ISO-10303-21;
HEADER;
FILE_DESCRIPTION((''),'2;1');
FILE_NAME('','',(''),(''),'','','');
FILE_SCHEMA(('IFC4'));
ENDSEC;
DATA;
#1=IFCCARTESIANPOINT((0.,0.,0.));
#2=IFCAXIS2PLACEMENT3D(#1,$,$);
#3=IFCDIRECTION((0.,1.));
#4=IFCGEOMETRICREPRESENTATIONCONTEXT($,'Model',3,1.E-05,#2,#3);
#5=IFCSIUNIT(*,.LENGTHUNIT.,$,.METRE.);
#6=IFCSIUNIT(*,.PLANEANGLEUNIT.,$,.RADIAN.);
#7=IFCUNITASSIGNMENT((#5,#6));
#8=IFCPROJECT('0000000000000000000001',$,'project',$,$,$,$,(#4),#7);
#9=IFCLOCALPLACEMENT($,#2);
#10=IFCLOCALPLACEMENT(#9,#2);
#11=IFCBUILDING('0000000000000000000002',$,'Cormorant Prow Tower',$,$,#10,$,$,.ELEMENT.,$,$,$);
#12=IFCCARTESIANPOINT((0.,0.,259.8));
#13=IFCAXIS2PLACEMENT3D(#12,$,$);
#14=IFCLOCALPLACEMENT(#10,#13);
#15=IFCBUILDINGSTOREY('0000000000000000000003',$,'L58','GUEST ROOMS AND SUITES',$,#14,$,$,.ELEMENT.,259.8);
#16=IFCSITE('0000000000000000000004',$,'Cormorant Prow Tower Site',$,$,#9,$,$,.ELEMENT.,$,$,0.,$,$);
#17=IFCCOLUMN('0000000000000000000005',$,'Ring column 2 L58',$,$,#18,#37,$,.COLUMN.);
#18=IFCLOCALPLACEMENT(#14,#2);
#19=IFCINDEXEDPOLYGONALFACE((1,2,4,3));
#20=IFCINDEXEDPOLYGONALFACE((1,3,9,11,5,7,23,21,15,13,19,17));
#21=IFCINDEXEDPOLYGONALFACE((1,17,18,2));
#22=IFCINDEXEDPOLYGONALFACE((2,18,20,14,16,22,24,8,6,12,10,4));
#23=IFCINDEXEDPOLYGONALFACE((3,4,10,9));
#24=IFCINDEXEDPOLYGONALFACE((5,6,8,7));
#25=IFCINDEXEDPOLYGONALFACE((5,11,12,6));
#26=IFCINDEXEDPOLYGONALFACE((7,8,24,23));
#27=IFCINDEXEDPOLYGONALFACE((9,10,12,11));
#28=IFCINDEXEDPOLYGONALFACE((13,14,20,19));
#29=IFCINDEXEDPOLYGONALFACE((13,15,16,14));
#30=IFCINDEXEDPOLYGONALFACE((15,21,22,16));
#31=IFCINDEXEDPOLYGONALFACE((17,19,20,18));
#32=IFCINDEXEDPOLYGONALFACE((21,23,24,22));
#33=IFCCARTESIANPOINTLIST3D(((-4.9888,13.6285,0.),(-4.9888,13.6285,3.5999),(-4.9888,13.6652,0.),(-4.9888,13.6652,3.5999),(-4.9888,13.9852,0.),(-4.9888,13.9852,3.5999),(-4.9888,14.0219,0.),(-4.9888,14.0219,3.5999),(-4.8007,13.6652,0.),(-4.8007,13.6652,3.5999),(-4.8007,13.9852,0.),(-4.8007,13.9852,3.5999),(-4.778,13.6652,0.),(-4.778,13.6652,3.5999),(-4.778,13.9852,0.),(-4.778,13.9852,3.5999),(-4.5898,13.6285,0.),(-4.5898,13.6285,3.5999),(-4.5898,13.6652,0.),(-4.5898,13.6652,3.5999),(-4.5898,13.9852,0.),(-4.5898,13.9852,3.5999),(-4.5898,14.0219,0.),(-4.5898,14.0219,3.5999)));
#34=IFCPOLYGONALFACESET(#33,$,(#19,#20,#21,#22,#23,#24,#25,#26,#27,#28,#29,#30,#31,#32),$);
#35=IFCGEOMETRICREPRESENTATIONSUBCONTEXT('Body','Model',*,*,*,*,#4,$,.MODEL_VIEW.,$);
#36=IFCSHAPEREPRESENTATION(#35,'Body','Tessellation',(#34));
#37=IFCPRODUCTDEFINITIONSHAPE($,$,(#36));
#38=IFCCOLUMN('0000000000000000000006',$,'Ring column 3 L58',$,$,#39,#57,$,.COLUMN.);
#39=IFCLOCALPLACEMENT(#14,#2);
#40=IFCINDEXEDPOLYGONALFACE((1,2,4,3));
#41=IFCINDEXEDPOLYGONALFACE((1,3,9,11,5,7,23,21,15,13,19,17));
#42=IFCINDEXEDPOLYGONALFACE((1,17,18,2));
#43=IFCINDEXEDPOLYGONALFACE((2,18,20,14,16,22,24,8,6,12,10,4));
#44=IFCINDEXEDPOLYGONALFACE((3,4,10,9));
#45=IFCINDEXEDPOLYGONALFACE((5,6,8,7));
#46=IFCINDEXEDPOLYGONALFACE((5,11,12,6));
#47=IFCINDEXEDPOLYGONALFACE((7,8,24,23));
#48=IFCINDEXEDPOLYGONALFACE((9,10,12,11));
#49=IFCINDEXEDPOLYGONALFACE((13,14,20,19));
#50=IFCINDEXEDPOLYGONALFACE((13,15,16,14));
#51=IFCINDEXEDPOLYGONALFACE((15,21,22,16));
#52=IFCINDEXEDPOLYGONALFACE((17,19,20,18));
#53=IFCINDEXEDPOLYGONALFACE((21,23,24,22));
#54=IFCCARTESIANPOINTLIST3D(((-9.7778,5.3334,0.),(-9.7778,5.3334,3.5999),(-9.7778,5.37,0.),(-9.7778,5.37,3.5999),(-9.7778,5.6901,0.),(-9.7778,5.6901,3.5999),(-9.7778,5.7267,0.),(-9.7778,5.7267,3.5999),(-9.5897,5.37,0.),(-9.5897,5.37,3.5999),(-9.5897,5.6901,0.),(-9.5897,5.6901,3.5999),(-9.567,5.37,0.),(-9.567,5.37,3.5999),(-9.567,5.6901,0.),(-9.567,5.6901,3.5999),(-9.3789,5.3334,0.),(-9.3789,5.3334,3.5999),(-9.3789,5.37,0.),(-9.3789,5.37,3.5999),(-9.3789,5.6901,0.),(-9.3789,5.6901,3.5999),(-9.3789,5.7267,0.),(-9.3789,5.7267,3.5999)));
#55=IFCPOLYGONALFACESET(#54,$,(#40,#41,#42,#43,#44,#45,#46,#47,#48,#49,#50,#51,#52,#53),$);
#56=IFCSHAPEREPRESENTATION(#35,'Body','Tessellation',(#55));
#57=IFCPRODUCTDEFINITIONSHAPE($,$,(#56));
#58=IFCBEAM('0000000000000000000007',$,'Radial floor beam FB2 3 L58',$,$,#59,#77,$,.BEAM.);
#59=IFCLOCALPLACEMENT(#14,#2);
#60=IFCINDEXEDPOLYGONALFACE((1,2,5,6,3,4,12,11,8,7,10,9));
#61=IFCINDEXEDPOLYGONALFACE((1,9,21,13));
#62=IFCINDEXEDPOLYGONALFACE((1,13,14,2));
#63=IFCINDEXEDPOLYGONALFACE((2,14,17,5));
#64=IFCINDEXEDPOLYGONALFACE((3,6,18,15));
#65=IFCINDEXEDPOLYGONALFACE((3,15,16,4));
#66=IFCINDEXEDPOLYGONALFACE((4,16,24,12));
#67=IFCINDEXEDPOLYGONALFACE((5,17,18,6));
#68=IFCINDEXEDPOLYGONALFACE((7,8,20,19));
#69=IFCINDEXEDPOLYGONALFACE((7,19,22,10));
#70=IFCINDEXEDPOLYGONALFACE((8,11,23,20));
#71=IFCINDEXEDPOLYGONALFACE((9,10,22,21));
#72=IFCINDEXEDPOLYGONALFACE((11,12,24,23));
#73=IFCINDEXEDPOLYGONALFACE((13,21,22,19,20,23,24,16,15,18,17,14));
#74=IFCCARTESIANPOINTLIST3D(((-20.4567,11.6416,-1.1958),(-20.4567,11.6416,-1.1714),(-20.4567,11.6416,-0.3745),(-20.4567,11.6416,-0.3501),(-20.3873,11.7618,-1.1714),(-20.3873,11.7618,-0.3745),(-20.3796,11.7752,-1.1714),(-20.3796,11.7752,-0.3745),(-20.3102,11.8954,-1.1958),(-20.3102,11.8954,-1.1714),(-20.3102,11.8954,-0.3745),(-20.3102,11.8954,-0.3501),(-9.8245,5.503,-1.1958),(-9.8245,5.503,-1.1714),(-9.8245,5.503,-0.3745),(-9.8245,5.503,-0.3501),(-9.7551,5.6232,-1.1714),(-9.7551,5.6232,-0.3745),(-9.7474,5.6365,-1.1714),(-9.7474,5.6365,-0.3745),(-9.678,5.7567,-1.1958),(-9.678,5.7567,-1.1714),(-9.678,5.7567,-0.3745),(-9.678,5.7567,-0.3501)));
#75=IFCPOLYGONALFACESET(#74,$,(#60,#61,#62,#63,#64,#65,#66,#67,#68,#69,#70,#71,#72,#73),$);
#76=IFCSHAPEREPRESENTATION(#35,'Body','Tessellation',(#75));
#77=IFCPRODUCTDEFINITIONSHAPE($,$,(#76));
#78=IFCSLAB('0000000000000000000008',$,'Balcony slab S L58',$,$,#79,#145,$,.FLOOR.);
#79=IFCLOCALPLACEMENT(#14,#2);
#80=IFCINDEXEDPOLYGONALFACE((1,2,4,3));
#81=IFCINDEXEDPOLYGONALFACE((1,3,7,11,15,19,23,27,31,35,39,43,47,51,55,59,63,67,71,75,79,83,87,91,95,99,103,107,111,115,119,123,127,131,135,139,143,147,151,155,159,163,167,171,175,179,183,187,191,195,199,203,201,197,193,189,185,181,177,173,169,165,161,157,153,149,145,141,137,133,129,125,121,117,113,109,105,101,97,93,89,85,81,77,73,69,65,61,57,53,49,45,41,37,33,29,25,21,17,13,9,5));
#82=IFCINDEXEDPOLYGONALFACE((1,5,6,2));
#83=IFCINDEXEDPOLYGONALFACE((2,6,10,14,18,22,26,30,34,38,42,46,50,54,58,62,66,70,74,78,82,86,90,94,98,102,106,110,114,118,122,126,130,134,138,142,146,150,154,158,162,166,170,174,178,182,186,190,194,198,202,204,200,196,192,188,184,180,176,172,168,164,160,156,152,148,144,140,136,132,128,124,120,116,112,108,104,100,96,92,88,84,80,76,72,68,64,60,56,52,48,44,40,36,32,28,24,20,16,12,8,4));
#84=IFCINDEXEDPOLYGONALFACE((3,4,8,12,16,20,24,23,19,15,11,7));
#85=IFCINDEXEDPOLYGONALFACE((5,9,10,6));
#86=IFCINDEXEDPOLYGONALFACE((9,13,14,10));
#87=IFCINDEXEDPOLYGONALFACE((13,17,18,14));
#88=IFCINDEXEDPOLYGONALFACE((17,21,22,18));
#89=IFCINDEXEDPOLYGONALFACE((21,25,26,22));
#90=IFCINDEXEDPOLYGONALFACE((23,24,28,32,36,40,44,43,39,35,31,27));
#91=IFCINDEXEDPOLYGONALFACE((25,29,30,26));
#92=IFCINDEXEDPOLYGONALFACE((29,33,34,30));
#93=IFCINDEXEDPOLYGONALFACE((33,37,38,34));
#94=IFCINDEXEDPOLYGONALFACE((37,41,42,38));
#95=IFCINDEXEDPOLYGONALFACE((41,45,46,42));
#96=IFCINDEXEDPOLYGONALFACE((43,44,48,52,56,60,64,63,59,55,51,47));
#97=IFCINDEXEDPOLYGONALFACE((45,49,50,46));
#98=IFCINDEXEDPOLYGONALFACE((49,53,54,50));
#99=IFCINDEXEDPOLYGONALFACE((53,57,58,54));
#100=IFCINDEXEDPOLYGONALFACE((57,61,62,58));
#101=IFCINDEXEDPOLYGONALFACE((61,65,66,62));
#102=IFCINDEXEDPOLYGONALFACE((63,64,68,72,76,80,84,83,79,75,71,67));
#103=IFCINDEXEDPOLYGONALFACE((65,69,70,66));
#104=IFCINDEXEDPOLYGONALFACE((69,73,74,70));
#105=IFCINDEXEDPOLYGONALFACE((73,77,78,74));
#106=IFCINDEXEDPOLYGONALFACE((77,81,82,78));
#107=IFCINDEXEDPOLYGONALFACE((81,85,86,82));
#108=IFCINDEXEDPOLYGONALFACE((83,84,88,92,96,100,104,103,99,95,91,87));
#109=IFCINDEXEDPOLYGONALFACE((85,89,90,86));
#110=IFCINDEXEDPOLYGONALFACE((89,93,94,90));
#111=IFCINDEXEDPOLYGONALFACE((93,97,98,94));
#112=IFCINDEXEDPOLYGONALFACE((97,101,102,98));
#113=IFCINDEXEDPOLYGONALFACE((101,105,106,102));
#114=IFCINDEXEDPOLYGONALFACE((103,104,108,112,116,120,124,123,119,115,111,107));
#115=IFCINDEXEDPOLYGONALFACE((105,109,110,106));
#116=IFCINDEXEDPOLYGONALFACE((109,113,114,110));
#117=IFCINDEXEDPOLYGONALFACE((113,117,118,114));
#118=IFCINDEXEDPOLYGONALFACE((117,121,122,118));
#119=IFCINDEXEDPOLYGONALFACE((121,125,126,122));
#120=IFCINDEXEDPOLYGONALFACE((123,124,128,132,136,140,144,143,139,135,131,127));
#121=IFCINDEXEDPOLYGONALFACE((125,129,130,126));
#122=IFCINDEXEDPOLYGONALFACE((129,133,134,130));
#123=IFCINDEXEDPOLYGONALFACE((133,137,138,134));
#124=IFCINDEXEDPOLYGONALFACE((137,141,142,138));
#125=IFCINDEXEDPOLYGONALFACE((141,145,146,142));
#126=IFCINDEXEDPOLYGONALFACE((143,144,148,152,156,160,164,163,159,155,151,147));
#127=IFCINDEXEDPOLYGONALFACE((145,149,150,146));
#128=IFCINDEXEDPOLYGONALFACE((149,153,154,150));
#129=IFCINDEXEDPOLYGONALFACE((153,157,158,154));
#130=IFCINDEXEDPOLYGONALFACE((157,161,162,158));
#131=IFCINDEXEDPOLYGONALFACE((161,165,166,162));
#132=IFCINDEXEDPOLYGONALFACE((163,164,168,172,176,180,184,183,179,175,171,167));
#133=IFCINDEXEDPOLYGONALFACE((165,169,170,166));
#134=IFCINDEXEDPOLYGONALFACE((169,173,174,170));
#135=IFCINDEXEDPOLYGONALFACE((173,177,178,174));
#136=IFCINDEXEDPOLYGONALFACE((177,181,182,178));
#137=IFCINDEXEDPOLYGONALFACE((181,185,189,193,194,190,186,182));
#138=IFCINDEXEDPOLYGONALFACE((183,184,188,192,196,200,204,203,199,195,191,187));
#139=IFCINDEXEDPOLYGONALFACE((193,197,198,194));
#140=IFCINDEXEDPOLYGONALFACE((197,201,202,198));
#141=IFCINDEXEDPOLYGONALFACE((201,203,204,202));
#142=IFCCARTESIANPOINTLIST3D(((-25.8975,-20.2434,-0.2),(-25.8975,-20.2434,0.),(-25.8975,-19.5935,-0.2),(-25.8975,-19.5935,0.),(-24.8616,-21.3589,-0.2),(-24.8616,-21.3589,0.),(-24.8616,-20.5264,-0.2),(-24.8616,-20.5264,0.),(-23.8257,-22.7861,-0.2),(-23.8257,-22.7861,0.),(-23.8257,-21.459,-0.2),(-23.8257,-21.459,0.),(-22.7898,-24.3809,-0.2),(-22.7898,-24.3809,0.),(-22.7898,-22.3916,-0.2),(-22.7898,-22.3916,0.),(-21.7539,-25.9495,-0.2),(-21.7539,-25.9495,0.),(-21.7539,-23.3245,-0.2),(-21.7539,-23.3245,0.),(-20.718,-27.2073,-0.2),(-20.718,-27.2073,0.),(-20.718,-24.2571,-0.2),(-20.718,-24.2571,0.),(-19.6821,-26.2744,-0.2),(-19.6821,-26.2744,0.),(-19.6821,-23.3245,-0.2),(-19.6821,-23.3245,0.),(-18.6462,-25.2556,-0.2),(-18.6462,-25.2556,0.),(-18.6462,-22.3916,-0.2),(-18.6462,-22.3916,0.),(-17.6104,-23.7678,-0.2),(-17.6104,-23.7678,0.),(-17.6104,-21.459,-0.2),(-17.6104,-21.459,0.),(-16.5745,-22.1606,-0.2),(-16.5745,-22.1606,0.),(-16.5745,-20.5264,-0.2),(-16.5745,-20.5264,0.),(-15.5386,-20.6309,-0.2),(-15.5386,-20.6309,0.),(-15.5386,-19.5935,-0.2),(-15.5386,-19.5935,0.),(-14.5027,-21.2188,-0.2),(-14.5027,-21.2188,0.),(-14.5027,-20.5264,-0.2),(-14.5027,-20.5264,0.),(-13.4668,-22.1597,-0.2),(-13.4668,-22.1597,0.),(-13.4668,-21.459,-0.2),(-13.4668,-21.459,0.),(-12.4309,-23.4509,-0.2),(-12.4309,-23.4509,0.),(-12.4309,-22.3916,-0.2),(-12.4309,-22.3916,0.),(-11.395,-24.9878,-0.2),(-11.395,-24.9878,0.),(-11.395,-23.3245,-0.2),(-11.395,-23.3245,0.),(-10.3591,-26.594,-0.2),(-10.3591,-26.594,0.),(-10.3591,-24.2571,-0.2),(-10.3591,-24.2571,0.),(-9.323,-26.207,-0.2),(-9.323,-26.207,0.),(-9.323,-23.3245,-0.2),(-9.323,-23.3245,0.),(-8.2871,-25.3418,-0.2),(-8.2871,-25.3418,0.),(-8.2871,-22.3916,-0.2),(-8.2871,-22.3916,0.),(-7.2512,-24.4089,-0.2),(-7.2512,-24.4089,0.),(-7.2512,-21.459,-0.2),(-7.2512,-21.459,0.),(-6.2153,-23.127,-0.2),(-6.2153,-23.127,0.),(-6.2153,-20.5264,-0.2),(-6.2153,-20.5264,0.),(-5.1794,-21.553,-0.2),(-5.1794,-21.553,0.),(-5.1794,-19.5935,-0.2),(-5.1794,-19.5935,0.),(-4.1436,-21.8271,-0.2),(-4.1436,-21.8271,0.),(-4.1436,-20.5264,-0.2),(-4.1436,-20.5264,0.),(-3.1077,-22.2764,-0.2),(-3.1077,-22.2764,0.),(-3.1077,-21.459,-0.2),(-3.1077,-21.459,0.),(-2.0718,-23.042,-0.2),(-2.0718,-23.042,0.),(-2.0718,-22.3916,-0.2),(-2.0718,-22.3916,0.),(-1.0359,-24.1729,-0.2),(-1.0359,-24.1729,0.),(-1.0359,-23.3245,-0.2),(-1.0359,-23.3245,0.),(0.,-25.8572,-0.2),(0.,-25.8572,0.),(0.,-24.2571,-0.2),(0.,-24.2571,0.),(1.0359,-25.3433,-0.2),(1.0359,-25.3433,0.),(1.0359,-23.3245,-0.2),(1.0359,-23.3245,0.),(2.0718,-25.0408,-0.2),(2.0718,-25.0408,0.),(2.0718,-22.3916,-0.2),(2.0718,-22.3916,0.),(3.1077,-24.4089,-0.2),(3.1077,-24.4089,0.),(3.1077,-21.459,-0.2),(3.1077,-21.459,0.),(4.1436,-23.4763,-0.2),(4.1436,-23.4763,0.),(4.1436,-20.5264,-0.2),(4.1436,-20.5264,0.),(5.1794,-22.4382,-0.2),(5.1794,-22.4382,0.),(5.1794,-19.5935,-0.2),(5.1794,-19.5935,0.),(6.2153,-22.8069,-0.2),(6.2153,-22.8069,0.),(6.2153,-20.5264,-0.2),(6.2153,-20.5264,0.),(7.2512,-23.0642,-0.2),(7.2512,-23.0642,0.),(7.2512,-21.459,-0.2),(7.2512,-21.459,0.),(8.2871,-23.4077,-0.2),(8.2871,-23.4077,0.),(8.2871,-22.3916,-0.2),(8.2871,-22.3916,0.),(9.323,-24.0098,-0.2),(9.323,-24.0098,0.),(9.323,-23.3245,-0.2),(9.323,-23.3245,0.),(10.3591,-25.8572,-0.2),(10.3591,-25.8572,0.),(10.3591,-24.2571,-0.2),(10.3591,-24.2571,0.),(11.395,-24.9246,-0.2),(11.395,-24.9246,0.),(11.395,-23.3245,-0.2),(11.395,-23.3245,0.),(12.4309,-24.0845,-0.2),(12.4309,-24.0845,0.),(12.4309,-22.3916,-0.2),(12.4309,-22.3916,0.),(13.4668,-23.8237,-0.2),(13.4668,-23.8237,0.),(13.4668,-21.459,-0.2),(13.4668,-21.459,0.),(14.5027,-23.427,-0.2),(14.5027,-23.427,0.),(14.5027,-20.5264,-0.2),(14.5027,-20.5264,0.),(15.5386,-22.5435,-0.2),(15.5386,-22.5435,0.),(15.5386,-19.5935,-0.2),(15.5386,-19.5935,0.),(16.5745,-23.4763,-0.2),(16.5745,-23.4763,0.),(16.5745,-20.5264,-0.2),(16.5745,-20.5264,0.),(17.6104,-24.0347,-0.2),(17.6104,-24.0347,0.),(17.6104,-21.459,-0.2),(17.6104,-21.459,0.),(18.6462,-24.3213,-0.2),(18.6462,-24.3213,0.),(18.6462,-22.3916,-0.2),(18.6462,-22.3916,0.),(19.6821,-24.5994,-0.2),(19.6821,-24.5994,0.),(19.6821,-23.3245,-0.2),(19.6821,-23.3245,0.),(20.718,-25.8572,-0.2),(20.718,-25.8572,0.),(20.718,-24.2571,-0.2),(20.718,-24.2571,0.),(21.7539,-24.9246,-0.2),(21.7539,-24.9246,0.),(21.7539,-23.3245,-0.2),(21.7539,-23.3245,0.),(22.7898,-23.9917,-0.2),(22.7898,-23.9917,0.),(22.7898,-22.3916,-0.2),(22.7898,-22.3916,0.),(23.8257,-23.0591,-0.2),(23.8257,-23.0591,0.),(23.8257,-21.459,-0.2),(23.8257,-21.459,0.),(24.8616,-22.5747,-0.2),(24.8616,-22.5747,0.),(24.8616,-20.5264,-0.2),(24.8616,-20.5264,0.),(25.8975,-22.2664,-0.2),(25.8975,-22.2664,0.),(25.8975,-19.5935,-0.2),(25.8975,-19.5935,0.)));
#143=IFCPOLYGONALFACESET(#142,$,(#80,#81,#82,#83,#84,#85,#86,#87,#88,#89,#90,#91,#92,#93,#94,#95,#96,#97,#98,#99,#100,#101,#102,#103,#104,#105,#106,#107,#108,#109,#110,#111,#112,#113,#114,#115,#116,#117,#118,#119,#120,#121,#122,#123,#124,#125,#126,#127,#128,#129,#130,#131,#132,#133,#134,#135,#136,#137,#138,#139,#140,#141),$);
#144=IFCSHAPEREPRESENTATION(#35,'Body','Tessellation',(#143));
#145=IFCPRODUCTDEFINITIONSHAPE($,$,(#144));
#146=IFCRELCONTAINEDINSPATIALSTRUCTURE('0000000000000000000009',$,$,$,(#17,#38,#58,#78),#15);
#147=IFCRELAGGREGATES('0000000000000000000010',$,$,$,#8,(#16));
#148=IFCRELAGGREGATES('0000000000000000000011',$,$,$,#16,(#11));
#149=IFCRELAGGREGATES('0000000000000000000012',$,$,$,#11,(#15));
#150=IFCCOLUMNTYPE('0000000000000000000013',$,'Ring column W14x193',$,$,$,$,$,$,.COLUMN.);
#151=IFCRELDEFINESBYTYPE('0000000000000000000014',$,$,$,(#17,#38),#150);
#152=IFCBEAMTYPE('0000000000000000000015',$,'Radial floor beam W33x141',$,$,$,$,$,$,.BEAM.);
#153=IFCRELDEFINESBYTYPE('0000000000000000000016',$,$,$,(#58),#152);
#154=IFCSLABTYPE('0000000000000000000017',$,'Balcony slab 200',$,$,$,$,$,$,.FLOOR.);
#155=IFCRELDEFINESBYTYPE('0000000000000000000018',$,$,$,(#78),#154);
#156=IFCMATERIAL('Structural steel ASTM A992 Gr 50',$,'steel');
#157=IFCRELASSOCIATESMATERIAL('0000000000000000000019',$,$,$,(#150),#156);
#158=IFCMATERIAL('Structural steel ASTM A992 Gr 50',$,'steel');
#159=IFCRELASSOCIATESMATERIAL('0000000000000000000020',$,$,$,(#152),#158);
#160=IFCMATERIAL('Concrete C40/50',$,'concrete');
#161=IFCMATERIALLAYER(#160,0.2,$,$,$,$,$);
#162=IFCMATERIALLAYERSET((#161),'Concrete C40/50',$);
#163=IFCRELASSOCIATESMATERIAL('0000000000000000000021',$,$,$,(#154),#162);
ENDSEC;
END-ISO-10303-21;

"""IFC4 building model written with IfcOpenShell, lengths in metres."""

from ifc_helpers import new_model, si_unit, direction, frame, origin, origin_2d, place, context, subcontext, project, spatial, polyline, i_section, outline, extrude, material, layer, layer_set, material_profile, profile_set, type_object, element, save


model = new_model("IFC4")

# Units and contexts
model_context = context("Model", 3, precision=1e-05, world=origin(), true_north=direction((0.0, 1.0)))
body_context = subcontext(model_context, "Body", "Model", "MODEL_VIEW")
ifc_project = project(units=[si_unit("LENGTHUNIT", "METRE"), si_unit("PLANEANGLEUNIT", "RADIAN")], contexts=[model_context])

# Site, building, storey
site_placement = place(None, origin())
site = spatial("IfcSite", under=ifc_project, at=site_placement, Name="Cormorant Prow Tower Site", CompositionType="ELEMENT", RefElevation=0.0)
building_placement = place(site_placement, origin())
building = spatial("IfcBuilding", under=site, at=building_placement, Name="Cormorant Prow Tower", CompositionType="ELEMENT")
storey_placement = place(building_placement, frame((0.0, 0.0, 259.8)))
storey = spatial("IfcBuildingStorey", under=building, at=storey_placement, Name="L58", Description="GUEST ROOMS AND SUITES", CompositionType="ELEMENT", Elevation=259.8)

# Columns
ifc_material_1 = material(Name="Structural steel ASTM A992 Gr 50", Category="steel")
ifc_material_profile_1 = material_profile(ifc_material_1, i_section(OverallWidth=0.3989, OverallDepth=0.3933, WebThickness=0.0227, FlangeThickness=0.0366, at=origin_2d()), Name="W14x193")
ifc_profile_set_1 = profile_set([ifc_material_profile_1], Name="Structural steel ASTM A992 Gr 50")
column_type = type_object("IfcColumnType", Name="Ring column W14x193", PredefinedType="COLUMN", material=ifc_profile_set_1)
for number, where, z_axis, x_axis, name in (
    (1, (-4.7893, 13.8252, 0.0), (0.0, 0.0, 1.0), (1.0, 0.0, 0.0), "Ring column 2 L58"),
    (2, (-9.5784, 5.53, 0.0), (0.0, 0.0, 1.0), (1.0, 0.0, 0.0), "Ring column 3 L58"),
):
    element("IfcColumn", number, at=place(storey_placement, frame(where, z_axis=z_axis, x_axis=x_axis)), inside=storey, type_object=column_type, Name=name, PredefinedType="COLUMN", context=body_context, shape_type="SweptSolid", body=[
        extrude(i_section(OverallWidth=0.3989, OverallDepth=0.3933, WebThickness=0.0227, FlangeThickness=0.0366, at=origin_2d()), origin(), (0.0, 0.0, 1.0), 3.5999),
    ])

# Beam
ifc_material_2 = material(Name="Structural steel ASTM A992 Gr 50", Category="steel")
ifc_material_profile_2 = material_profile(ifc_material_2, i_section(OverallWidth=0.293, OverallDepth=0.8457, WebThickness=0.0154, FlangeThickness=0.0244, at=origin_2d()), Name="W33x141")
ifc_profile_set_2 = profile_set([ifc_material_profile_2], Name="Structural steel ASTM A992 Gr 50")
beam_type = type_object("IfcBeamType", Name="Radial floor beam W33x141", PredefinedType="BEAM", material=ifc_profile_set_2)
beam_placement = place(storey_placement, frame((-9.7512, 5.6299, -0.7729), z_axis=(-0.866022, 0.500006, 0.0), x_axis=(-0.500006, -0.866022, 0.0)))
element("IfcBeam", 3, at=beam_placement, inside=storey, type_object=beam_type, Name="Radial floor beam FB2 3 L58", PredefinedType="BEAM", context=body_context, shape_type="SweptSolid", body=[
    extrude(i_section(OverallWidth=0.293, OverallDepth=0.8457, WebThickness=0.0154, FlangeThickness=0.0244, at=origin_2d()), origin(), (0.0, 0.0, 1.0), 12.2771),
])

# Slab
ifc_material_3 = material(Name="Concrete C40/50", Category="concrete")
ifc_layer_1 = layer(ifc_material_3, 0.2)
ifc_layer_set_1 = layer_set([ifc_layer_1], Name="Concrete C40/50")
slab_type_1 = type_object("IfcSlabType", Name="Balcony slab 200", PredefinedType="FLOOR", material=ifc_layer_set_1)
slab_1_placement = place(storey_placement, frame((0.0, 0.0, -0.2)))
element("IfcSlab", 4, at=slab_1_placement, inside=storey, type_object=slab_type_1, Name="Balcony slab S L58", PredefinedType="FLOOR", context=body_context, shape_type="SweptSolid", body=[
    extrude(outline(polyline([(-25.8975, -19.5935), (-25.8975, -20.2434), (-24.8616, -21.3589), (-23.8257, -22.7861), (-22.7898, -24.3809), (-21.7539, -25.9495), (-20.718, -27.2073), (-19.6821, -26.2744), (-18.6462, -25.2556), (-17.6104, -23.7678), (-16.5745, -22.1606), (-15.5386, -20.6309), (-14.5027, -21.2188), (-13.4668, -22.1597), (-12.4309, -23.4509), (-11.395, -24.9878), (-10.3591, -26.594), (-9.323, -26.207), (-8.2871, -25.3418), (-7.2512, -24.4089), (-6.2153, -23.127), (-5.1794, -21.553), (-4.1436, -21.8271), (-3.1077, -22.2764), (-2.0718, -23.042), (-1.0359, -24.1729), (0.0, -25.8572), (1.0359, -25.3433), (2.0718, -25.0408), (3.1077, -24.4089), (4.1436, -23.4763), (5.1794, -22.4382), (6.2153, -22.8069), (7.2512, -23.0642), (8.2871, -23.4077), (9.323, -24.0098), (10.3591, -25.8572), (11.395, -24.9246), (12.4309, -24.0845), (13.4668, -23.8237), (14.5027, -23.427), (15.5386, -22.5435), (16.5745, -23.4763), (17.6104, -24.0347), (18.6462, -24.3213), (19.6821, -24.5994), (20.718, -25.8572), (21.7539, -24.9246), (22.7898, -23.9917), (23.8257, -23.0591), (24.8616, -22.5747), (25.8975, -22.2664), (25.8975, -19.5935), (24.8616, -20.5264), (23.8257, -21.459), (22.7898, -22.3916), (21.7539, -23.3245), (20.718, -24.2571), (19.6821, -23.3245), (18.6462, -22.3916), (17.6104, -21.459), (16.5745, -20.5264), (15.5386, -19.5935), (14.5027, -20.5264), (13.4668, -21.459), (12.4309, -22.3916), (11.395, -23.3245), (10.3591, -24.2571), (9.323, -23.3245), (8.2871, -22.3916), (7.2512, -21.459), (6.2153, -20.5264), (5.1794, -19.5935), (4.1436, -20.5264), (3.1077, -21.459), (2.0718, -22.3916), (1.0359, -23.3245), (0.0, -24.2571), (-1.0359, -23.3245), (-2.0718, -22.3916), (-3.1077, -21.459), (-4.1436, -20.5264), (-5.1794, -19.5935), (-6.2153, -20.5264), (-7.2512, -21.459), (-8.2871, -22.3916), (-9.323, -23.3245), (-10.3591, -24.2571), (-11.395, -23.3245), (-12.4309, -22.3916), (-13.4668, -21.459), (-14.5027, -20.5264), (-15.5386, -19.5935), (-16.5745, -20.5264), (-17.6104, -21.459), (-18.6462, -22.3916), (-19.6821, -23.3245), (-20.718, -24.2571), (-21.7539, -23.3245), (-22.7898, -22.3916), (-23.8257, -21.459), (-24.8616, -20.5264), (-25.8975, -19.5935)])), origin(), (0.0, 0.0, 1.0), 0.2),
])

save(model, "model.ifc")
